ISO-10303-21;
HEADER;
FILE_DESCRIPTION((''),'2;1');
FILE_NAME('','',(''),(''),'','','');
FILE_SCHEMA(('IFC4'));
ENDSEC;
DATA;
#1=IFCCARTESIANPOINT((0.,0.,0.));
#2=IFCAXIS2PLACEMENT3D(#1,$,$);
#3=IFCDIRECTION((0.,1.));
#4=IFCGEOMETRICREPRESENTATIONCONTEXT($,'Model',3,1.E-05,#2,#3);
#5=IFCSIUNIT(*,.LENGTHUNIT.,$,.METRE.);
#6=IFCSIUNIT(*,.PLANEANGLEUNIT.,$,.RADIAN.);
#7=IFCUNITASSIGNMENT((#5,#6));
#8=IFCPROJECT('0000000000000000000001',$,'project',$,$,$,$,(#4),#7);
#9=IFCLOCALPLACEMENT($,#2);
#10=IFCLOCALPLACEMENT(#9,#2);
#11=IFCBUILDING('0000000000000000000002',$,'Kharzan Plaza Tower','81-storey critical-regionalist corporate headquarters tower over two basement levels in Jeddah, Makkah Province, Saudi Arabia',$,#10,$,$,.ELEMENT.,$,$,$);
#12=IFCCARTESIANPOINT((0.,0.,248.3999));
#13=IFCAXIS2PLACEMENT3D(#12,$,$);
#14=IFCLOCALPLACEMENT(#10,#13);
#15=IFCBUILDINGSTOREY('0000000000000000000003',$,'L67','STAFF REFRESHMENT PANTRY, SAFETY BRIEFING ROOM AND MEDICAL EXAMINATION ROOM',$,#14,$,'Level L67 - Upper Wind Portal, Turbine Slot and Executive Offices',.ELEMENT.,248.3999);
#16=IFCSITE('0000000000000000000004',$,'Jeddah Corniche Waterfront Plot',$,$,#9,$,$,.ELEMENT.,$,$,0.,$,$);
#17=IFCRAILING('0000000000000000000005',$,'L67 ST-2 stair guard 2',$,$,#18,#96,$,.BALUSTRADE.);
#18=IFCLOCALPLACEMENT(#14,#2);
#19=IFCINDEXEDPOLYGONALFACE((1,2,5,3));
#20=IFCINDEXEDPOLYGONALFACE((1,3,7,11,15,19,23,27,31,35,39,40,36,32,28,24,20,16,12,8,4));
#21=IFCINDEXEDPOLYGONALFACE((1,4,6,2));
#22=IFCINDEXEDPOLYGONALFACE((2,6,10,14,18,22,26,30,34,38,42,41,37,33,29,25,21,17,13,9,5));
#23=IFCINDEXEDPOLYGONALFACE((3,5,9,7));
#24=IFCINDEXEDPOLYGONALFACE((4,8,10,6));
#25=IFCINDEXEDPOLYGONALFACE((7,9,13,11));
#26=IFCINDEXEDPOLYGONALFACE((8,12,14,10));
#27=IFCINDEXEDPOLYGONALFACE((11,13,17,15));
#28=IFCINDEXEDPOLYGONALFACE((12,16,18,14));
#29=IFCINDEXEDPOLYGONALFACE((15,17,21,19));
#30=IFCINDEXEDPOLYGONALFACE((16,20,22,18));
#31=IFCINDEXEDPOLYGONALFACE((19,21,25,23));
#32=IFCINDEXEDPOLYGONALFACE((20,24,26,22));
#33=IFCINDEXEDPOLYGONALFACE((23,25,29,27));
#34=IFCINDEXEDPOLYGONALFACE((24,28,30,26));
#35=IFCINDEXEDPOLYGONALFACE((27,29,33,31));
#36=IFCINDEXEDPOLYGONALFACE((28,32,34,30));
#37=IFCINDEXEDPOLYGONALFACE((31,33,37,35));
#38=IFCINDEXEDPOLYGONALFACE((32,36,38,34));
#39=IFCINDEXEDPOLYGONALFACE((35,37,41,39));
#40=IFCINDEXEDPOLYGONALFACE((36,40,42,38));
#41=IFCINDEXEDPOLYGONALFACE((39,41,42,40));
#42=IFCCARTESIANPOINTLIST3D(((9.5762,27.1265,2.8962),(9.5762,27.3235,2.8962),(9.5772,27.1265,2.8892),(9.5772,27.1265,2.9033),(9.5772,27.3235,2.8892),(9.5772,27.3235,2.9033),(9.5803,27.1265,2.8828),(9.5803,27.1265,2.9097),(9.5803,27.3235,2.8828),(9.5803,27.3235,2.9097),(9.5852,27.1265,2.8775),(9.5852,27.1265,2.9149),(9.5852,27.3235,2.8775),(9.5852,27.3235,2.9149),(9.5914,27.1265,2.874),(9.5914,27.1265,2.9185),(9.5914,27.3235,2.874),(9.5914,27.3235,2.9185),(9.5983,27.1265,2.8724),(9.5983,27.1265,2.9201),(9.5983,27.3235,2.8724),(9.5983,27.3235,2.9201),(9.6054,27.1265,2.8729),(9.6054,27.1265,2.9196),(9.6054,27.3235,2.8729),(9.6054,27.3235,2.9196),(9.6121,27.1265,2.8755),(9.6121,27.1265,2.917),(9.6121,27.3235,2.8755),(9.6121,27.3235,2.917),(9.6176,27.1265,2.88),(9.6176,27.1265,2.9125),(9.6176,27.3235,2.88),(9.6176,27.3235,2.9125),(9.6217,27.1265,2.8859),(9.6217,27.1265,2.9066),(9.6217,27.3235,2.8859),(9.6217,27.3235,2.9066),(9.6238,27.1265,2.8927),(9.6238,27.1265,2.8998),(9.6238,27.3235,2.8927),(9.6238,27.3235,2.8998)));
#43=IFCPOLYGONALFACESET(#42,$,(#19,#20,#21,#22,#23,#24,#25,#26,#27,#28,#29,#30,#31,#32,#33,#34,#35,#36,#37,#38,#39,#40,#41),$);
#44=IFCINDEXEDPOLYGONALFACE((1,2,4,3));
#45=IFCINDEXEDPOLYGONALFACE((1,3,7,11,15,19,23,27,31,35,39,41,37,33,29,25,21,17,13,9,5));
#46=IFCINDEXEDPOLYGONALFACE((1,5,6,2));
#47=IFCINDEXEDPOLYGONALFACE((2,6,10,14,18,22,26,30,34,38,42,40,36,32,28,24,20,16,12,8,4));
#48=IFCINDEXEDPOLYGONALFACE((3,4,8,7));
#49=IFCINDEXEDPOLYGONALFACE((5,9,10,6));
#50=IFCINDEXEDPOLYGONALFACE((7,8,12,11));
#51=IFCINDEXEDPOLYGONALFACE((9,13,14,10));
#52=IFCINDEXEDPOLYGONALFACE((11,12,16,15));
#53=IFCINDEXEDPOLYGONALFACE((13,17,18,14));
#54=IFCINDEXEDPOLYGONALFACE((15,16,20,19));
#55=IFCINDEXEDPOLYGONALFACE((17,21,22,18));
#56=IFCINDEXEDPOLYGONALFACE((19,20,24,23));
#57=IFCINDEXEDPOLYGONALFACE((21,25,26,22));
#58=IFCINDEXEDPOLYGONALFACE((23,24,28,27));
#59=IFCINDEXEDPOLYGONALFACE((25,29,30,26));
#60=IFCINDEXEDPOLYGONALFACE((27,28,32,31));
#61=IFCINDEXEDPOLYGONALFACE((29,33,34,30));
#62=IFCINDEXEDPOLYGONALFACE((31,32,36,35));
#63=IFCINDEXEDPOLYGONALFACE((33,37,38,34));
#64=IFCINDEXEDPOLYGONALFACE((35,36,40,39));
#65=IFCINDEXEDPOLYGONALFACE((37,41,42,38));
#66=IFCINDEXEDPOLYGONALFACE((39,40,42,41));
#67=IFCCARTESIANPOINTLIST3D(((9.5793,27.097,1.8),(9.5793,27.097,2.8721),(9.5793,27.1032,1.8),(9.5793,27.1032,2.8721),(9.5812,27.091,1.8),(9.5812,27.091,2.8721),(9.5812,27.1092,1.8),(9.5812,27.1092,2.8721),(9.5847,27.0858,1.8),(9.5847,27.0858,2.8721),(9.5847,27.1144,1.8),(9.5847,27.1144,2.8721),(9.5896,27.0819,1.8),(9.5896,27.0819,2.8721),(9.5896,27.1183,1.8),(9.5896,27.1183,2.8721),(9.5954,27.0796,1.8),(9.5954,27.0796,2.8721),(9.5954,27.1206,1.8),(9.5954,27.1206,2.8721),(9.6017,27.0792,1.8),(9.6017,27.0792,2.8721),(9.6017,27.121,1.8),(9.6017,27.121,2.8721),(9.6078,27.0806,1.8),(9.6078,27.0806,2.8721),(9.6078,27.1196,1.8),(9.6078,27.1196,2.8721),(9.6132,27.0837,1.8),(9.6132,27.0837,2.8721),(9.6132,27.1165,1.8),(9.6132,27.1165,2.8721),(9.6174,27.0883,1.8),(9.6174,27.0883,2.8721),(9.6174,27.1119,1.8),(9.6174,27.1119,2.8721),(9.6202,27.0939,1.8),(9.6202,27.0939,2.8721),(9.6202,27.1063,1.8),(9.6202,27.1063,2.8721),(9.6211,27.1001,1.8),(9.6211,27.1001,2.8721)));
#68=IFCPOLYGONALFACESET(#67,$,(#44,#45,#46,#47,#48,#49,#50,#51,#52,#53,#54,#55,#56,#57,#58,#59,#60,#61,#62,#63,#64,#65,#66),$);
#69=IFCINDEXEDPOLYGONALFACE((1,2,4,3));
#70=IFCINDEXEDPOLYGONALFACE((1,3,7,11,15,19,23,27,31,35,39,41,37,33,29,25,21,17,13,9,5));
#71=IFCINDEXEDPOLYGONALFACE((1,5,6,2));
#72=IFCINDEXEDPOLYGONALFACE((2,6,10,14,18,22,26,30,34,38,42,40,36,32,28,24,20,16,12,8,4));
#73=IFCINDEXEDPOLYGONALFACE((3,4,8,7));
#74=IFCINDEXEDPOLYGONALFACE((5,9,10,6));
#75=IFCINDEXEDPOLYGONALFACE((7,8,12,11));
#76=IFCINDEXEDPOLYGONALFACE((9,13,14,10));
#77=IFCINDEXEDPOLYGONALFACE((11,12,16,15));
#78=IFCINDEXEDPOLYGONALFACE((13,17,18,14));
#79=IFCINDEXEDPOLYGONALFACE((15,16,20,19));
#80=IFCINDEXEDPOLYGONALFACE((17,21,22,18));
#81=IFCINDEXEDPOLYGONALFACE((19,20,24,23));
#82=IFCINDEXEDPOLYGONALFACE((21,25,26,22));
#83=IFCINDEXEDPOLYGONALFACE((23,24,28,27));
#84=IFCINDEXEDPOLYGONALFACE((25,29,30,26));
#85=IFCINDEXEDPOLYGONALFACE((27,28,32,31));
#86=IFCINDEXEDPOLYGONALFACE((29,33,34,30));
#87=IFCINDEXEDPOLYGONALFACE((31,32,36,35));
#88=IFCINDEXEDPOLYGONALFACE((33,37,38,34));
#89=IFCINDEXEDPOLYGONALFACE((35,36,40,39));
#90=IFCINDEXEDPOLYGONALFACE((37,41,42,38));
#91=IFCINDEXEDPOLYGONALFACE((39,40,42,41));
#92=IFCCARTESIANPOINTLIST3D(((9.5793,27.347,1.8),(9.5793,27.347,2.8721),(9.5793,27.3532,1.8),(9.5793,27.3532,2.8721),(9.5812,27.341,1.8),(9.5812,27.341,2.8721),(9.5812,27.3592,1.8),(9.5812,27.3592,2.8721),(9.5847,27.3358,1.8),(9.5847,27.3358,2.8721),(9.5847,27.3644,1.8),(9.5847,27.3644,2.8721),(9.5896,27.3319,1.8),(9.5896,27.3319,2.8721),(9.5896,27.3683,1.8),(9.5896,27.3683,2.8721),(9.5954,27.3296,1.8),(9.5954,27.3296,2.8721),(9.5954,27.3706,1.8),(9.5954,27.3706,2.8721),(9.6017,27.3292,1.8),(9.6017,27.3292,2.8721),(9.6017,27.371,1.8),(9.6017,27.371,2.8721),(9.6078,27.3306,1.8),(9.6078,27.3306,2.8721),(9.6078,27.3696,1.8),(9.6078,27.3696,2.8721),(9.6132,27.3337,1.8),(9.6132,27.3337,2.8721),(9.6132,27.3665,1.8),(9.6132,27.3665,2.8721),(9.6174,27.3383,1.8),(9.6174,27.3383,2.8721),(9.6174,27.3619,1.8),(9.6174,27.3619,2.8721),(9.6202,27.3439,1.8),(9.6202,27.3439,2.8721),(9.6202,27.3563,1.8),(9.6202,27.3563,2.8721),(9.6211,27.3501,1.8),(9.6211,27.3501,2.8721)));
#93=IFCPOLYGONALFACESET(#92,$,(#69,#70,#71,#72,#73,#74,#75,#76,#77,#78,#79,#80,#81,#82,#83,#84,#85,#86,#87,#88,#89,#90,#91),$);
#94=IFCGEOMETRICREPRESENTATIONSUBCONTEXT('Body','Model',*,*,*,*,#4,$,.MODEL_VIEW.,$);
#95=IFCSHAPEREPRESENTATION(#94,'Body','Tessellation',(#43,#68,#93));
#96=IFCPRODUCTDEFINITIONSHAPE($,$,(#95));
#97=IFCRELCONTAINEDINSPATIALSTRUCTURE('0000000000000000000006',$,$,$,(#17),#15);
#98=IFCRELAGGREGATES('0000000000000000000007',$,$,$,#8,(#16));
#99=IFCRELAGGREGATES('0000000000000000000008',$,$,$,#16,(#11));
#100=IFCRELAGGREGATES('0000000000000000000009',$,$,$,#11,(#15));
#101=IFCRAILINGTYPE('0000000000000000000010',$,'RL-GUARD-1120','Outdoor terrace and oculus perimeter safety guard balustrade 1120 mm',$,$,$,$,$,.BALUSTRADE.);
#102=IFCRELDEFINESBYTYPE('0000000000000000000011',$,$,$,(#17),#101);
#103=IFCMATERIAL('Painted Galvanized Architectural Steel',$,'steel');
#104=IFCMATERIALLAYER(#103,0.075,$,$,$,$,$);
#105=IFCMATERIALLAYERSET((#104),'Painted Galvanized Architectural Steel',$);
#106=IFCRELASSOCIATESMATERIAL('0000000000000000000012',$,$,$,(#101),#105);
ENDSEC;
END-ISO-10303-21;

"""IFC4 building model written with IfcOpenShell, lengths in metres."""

from ifc_helpers import new_model, si_unit, direction, frame, origin, origin_2d, place, context, subcontext, project, spatial, circle, extrude, source, transform, mapped, material, layer, layer_set, type_object, element, save


model = new_model("IFC4")

# Units and contexts
model_context = context("Model", 3, precision=1e-05, world=origin(), true_north=direction((0.0, 1.0)))
body_context = subcontext(model_context, "Body", "Model", "MODEL_VIEW")
ifc_project = project(units=[si_unit("LENGTHUNIT", "METRE"), si_unit("PLANEANGLEUNIT", "RADIAN")], contexts=[model_context])

# Site, building, storey
site_placement = place(None, origin())
site = spatial("IfcSite", under=ifc_project, at=site_placement, Name="Jeddah Corniche Waterfront Plot", CompositionType="ELEMENT", RefElevation=0.0)
building_placement = place(site_placement, origin())
building = spatial("IfcBuilding", under=site, at=building_placement, Name="Kharzan Plaza Tower", Description="81-storey critical-regionalist corporate headquarters tower over two basement levels in Jeddah, Makkah Province, Saudi Arabia", CompositionType="ELEMENT")
storey_placement = place(building_placement, frame((0.0, 0.0, 248.3999)))
storey = spatial("IfcBuildingStorey", under=building, at=storey_placement, Name="L67", Description="STAFF REFRESHMENT PANTRY, SAFETY BRIEFING ROOM AND MEDICAL EXAMINATION ROOM", LongName="Level L67 - Upper Wind Portal, Turbine Slot and Executive Offices", CompositionType="ELEMENT", Elevation=248.3999)

# Railing
ifc_material_1 = material(Name="Painted Galvanized Architectural Steel", Category="steel")
ifc_layer_1 = layer(ifc_material_1, 0.075)
ifc_layer_set_1 = layer_set([ifc_layer_1], Name="Painted Galvanized Architectural Steel")
railing_type_1 = type_object("IfcRailingType", Name="RL-GUARD-1120", Description="Outdoor terrace and oculus perimeter safety guard balustrade 1120 mm", PredefinedType="BALUSTRADE", material=ifc_layer_set_1)
shared_shape_1 = source(origin(), body_context, "Body", "SweptSolid", [
    extrude(circle(Radius=0.0239, at=origin_2d()), frame((0.0, 0.0264, 1.0962), z_axis=(0.0, 1.0, 0.0), x_axis=(-1.0, 0.0, 0.0)), (0.0, 0.0, 1.0), 0.197),
    extrude(circle(Radius=0.021, at=origin_2d()), origin(), (0.0, 0.0, 1.0), 1.072),
    extrude(circle(Radius=0.021, at=origin_2d()), frame((0.0, 0.25, 0.0)), (0.0, 0.0, 1.0), 1.072),
])
railing_1_placement = place(storey_placement, frame((9.6001, 27.1001, 1.8)))
element("IfcRailing", 1, at=railing_1_placement, inside=storey, type_object=railing_type_1, Name="L67 ST-2 stair guard 2", PredefinedType="BALUSTRADE", context=body_context, shape_type="MappedRepresentation", body=[
    mapped(shared_shape_1, transform((0.0, 0.0, 0.0), x_axis=(1.0, 0.0, 0.0), y_axis=(0.0, 1.0, 0.0), z_axis=(0.0, 0.0, 1.0))),
])

save(model, "model.ifc")
